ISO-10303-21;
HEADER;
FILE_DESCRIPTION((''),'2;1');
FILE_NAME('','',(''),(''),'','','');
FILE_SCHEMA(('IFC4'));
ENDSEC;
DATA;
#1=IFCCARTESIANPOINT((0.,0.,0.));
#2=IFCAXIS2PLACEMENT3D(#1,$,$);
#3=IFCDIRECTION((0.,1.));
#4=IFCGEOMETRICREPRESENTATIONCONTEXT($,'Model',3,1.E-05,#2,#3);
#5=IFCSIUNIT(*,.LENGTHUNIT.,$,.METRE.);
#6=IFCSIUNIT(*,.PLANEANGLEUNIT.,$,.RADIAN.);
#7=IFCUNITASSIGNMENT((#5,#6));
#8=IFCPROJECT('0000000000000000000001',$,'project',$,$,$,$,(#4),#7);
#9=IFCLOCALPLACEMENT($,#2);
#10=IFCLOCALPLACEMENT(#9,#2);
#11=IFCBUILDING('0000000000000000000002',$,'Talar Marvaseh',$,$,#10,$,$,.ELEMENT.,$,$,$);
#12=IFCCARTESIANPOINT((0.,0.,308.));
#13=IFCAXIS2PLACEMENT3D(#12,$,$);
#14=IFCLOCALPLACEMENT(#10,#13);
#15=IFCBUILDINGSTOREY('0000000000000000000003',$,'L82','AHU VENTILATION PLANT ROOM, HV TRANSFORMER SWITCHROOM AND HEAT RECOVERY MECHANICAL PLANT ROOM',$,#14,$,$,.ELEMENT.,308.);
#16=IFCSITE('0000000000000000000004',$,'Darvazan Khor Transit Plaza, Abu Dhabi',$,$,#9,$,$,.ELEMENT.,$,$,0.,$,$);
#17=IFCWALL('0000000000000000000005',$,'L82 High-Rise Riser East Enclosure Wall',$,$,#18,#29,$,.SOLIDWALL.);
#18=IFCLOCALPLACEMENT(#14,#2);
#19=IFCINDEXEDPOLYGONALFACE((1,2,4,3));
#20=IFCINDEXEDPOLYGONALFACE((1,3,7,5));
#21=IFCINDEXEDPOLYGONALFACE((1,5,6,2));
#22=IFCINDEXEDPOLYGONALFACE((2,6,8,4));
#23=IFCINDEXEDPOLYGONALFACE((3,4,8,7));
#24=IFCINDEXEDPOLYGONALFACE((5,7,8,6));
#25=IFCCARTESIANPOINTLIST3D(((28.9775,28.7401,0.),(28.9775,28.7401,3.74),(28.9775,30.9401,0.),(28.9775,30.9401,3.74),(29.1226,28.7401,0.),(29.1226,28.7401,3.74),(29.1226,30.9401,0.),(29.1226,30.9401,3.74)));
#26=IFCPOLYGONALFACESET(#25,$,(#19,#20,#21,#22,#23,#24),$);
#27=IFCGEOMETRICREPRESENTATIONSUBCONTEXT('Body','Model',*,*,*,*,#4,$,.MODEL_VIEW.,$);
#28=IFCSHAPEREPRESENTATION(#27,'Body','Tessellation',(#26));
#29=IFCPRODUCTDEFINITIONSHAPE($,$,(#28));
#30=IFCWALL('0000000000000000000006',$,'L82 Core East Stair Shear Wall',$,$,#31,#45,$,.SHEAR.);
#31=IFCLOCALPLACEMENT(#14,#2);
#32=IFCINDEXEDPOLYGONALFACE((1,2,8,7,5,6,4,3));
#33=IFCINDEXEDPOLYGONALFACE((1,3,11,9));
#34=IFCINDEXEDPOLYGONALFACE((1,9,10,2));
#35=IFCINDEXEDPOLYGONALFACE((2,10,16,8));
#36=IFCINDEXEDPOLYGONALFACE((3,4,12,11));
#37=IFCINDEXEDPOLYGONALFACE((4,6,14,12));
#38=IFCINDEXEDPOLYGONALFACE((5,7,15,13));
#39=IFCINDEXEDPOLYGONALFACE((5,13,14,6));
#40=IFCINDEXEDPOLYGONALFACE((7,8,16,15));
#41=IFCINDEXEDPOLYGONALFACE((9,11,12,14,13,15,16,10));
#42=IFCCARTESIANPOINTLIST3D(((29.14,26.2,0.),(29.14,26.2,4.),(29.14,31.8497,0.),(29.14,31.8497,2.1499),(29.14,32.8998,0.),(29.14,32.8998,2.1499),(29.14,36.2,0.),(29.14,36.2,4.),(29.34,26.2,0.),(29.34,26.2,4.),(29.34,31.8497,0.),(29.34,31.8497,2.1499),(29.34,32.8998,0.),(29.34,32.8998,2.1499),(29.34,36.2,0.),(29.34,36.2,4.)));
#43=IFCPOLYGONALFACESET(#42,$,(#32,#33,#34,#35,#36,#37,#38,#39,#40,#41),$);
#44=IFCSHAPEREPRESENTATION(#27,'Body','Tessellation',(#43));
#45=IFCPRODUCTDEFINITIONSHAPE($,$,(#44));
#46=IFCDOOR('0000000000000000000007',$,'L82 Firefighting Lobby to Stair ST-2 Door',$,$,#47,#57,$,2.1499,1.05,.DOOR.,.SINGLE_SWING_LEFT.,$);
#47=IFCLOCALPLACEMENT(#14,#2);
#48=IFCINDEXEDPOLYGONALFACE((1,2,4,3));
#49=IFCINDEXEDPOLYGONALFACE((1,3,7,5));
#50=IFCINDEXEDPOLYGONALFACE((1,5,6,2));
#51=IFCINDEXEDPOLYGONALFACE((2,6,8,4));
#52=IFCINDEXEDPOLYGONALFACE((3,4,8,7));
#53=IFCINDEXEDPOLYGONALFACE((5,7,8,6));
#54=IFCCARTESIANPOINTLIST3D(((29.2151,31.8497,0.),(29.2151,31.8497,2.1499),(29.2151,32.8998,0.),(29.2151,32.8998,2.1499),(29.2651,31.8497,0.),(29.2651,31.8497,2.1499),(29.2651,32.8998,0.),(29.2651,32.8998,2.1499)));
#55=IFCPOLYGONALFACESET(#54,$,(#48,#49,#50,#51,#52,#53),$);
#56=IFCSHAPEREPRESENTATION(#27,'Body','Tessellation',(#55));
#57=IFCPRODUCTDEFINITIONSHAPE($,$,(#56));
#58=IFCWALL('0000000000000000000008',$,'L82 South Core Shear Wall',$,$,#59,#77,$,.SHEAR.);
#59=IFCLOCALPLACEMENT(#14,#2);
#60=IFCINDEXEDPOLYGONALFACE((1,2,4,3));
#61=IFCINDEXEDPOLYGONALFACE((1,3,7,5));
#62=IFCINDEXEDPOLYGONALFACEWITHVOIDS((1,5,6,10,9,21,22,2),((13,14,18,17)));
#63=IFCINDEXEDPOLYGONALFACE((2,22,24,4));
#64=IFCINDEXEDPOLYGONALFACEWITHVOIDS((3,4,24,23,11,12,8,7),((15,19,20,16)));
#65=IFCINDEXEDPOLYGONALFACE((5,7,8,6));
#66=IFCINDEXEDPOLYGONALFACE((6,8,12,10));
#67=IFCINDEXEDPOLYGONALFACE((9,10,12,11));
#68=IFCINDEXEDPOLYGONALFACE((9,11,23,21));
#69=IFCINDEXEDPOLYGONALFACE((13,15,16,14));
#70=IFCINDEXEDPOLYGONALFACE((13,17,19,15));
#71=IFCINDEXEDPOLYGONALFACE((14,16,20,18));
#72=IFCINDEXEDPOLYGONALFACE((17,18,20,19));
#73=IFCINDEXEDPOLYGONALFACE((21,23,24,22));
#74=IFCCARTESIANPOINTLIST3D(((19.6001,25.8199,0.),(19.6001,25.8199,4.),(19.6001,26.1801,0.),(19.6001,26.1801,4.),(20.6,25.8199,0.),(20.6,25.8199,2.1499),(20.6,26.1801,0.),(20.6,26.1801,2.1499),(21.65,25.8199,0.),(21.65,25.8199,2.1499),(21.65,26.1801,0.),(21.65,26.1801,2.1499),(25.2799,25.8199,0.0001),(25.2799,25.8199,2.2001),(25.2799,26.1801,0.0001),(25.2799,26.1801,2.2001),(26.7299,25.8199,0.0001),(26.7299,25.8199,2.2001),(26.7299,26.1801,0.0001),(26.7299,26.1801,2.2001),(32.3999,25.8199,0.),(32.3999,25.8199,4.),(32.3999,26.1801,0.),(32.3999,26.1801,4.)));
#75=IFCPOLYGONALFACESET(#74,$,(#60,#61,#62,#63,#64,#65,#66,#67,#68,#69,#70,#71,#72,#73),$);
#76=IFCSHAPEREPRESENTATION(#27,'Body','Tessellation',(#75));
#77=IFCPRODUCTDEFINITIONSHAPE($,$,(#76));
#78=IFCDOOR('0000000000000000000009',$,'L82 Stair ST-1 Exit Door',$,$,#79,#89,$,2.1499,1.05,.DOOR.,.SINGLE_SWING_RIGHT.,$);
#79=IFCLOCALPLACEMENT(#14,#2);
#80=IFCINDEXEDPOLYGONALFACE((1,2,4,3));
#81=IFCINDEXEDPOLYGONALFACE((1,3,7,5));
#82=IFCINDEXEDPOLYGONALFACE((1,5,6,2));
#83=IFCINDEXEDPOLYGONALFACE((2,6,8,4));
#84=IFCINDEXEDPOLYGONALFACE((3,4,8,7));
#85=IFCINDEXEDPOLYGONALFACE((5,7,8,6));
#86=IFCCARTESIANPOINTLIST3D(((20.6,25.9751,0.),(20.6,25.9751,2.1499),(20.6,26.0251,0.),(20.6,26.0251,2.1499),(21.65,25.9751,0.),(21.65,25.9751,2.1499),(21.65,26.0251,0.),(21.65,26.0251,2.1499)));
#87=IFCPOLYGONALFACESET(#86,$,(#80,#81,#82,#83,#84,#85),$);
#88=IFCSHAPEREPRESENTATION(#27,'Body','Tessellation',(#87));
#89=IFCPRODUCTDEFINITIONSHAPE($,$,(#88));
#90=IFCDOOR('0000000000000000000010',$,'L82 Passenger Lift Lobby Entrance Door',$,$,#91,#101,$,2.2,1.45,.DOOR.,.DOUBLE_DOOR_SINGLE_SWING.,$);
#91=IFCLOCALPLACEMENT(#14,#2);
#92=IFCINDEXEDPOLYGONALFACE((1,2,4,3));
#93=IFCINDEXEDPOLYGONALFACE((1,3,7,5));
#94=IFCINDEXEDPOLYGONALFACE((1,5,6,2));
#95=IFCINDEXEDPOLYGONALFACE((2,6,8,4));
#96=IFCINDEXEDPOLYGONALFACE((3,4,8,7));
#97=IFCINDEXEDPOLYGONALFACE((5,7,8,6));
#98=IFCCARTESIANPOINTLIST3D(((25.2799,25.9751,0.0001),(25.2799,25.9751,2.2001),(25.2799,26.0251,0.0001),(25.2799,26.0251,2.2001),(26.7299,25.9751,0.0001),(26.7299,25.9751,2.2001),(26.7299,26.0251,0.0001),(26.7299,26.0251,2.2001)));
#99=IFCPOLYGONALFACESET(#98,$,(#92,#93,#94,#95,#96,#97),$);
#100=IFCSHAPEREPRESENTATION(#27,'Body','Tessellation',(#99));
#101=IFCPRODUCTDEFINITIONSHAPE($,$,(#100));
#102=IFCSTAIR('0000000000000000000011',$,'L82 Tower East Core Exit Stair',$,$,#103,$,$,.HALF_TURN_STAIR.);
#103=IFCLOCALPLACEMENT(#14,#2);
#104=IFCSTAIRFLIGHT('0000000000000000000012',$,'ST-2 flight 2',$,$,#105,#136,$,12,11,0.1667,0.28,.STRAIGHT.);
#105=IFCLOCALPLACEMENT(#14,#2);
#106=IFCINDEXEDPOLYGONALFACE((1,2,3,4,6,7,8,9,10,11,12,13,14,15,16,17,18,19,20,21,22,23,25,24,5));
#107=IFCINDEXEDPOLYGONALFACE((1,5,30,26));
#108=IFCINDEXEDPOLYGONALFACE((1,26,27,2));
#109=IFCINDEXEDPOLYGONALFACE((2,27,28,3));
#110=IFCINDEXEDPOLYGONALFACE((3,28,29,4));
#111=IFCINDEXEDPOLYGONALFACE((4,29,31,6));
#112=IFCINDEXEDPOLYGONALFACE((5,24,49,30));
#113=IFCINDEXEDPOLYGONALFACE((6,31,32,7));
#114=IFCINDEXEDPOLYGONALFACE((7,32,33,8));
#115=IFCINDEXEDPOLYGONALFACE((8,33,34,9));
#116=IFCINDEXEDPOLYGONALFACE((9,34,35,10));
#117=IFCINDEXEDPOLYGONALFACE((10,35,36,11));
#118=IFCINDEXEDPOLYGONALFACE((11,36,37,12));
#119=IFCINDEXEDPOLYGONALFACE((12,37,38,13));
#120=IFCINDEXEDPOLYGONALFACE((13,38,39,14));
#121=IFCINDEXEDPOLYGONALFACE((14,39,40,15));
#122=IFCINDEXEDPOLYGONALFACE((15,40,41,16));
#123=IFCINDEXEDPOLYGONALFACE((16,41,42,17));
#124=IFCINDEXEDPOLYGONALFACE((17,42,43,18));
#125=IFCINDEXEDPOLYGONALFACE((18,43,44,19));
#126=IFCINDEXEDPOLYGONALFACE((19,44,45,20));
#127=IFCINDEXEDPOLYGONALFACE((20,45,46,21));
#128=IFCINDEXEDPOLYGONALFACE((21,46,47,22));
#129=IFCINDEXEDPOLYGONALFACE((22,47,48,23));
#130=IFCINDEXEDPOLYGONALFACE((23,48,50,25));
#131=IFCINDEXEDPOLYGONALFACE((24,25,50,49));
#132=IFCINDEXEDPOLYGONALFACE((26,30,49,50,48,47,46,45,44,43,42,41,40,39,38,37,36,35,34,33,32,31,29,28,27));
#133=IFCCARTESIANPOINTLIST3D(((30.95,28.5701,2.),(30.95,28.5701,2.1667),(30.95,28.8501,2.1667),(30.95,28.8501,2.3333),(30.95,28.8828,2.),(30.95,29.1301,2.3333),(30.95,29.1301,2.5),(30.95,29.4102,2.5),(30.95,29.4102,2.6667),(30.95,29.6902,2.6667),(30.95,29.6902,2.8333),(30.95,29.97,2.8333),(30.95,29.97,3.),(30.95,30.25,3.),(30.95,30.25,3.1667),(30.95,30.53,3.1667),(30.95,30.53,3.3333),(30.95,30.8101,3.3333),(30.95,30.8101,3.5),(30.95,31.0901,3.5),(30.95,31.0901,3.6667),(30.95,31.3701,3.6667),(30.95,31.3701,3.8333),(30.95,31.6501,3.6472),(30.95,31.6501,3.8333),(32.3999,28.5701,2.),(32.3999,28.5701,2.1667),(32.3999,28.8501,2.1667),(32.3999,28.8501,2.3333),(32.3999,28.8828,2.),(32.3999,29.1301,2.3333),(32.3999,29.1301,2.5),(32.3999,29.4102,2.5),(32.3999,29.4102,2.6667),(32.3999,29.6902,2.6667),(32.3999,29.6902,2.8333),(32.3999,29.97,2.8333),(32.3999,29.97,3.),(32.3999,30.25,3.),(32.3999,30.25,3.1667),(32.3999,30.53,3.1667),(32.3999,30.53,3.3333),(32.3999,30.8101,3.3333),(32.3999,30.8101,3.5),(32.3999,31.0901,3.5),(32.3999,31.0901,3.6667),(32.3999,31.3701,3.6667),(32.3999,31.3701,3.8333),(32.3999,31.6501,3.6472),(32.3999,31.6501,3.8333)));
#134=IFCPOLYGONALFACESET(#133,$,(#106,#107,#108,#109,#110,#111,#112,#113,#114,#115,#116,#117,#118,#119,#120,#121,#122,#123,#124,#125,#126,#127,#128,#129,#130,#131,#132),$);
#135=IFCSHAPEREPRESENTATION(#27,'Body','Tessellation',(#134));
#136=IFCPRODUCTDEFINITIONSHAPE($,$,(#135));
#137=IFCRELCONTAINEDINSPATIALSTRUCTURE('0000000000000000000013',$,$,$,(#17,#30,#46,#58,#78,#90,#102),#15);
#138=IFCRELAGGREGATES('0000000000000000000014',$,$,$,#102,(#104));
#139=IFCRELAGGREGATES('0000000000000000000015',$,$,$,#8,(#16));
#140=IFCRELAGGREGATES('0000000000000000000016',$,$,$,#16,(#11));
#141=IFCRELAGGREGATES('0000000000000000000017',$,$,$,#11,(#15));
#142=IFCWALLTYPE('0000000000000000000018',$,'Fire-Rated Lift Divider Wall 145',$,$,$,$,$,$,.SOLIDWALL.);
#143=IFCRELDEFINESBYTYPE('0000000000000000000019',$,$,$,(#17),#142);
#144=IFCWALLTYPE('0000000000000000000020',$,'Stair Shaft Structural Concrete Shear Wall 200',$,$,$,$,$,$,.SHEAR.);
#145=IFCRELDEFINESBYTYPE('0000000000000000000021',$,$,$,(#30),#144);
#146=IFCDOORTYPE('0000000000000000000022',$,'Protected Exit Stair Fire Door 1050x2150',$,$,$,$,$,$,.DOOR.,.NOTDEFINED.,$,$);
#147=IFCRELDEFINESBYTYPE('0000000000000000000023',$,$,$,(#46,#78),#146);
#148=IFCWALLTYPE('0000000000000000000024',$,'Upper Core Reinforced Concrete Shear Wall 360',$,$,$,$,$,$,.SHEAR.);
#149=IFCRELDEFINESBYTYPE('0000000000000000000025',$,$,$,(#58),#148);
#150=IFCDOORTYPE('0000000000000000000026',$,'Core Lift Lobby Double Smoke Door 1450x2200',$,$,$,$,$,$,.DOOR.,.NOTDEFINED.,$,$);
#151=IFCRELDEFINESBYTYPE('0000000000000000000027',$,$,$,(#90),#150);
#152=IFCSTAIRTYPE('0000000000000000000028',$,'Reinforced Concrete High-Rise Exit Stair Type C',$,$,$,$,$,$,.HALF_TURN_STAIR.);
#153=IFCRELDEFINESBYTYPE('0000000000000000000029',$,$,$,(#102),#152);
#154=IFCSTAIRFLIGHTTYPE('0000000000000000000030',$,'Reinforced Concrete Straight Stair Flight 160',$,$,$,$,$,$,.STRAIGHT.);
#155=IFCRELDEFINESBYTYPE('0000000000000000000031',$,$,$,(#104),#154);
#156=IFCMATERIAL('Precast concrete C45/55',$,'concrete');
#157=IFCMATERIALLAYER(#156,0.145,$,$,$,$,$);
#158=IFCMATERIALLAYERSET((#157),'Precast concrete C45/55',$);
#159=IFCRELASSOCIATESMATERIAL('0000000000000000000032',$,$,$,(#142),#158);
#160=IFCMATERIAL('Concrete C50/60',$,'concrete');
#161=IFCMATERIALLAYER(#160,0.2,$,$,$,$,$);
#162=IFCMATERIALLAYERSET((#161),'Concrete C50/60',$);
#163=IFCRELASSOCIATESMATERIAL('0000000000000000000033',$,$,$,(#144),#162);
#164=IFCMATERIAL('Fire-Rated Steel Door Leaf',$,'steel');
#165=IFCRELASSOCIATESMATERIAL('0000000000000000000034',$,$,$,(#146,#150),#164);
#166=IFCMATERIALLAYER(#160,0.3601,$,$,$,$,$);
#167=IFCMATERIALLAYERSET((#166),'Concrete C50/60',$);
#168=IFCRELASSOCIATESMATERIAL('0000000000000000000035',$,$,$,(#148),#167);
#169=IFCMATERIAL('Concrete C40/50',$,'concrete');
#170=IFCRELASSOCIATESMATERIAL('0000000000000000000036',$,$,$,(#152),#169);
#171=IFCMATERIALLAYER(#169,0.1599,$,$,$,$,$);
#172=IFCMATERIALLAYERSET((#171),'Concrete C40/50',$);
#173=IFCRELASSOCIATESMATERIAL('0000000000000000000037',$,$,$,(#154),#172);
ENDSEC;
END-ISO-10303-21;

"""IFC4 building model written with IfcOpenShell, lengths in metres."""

from ifc_helpers import new_model, si_unit, direction, frame, frame_2d, origin, place, context, subcontext, project, spatial, polyline, rectangle, outline, extrude, source, transform, mapped, material, layer, layer_set, type_object, type_shapes, element, fill, aggregate, save


model = new_model("IFC4")

# Units and contexts
model_context = context("Model", 3, precision=1e-05, world=origin(), true_north=direction((0.0, 1.0)))
body_context = subcontext(model_context, "Body", "Model", "MODEL_VIEW")
ifc_project = project(units=[si_unit("LENGTHUNIT", "METRE"), si_unit("PLANEANGLEUNIT", "RADIAN")], contexts=[model_context])

# Site, building, storey
site_placement = place(None, origin())
site = spatial("IfcSite", under=ifc_project, at=site_placement, Name="Darvazan Khor Transit Plaza, Abu Dhabi", CompositionType="ELEMENT", RefElevation=0.0)
building_placement = place(site_placement, origin())
building = spatial("IfcBuilding", under=site, at=building_placement, Name="Talar Marvaseh", CompositionType="ELEMENT")
storey_placement = place(building_placement, frame((0.0, 0.0, 308.0)))
storey = spatial("IfcBuildingStorey", under=building, at=storey_placement, Name="L82", Description="AHU VENTILATION PLANT ROOM, HV TRANSFORMER SWITCHROOM AND HEAT RECOVERY MECHANICAL PLANT ROOM", CompositionType="ELEMENT", Elevation=308.0)

# Shared definitions
ifc_material_1 = material(Name="Concrete C50/60", Category="concrete")

# Wall
ifc_material_2 = material(Name="Precast concrete C45/55", Category="concrete")
ifc_layer_1 = layer(ifc_material_2, 0.145)
ifc_layer_set_1 = layer_set([ifc_layer_1], Name="Precast concrete C45/55")
wall_type_1 = type_object("IfcWallType", Name="Fire-Rated Lift Divider Wall 145", PredefinedType="SOLIDWALL", material=ifc_layer_set_1)
wall_1_placement = place(storey_placement, frame((29.05, 28.74, 0.0), z_axis=(0.0, 0.0, 1.0), x_axis=(0.0, 1.0, 0.0)))
element("IfcWall", 1, at=wall_1_placement, inside=storey, type_object=wall_type_1, Name="L82 High-Rise Riser East Enclosure Wall", PredefinedType="SOLIDWALL", context=body_context, shape_type="SweptSolid", body=[
    extrude(rectangle(XDim=2.2, YDim=0.145, at=frame_2d((1.1001, 0.0))), origin(), (0.0, 0.0, 1.0), 3.74),
])

# Wall, opening, door
ifc_layer_2 = layer(ifc_material_1, 0.2)
ifc_layer_set_2 = layer_set([ifc_layer_2], Name="Concrete C50/60")
wall_type_2 = type_object("IfcWallType", Name="Stair Shaft Structural Concrete Shear Wall 200", PredefinedType="SHEAR", material=ifc_layer_set_2)
wall_2_placement = place(storey_placement, frame((29.24, 26.2, 0.0), z_axis=(0.0, 0.0, 1.0), x_axis=(0.0, 1.0, 0.0)))
wall_2 = element("IfcWall", 2, at=wall_2_placement, inside=storey, type_object=wall_type_2, Name="L82 Core East Stair Shear Wall", PredefinedType="SHEAR", context=body_context, shape_type="SweptSolid", body=[
    extrude(rectangle(XDim=10.0, YDim=0.2, at=frame_2d((5.0, 0.0))), origin(), (0.0, 0.0, 1.0), 4.0),
])
opening_1_placement = place(wall_2_placement, frame((5.6499, 0.0, 0.0)))
opening_1 = element("IfcOpeningElement", 3, at=opening_1_placement, cuts=wall_2, PredefinedType="OPENING", context=body_context, shape_type="SweptSolid", body=[
    extrude(rectangle(XDim=1.05, YDim=2.1499, at=frame_2d((0.5249, 1.075))), frame((0.0, 0.1099, 0.0), z_axis=(0.0, -1.0, 0.0), x_axis=(1.0, 0.0, 0.0)), (0.0, 0.0, 1.0), 0.22),
])
ifc_material_3 = material(Name="Fire-Rated Steel Door Leaf", Category="steel")
door_type_1 = type_object("IfcDoorType", Name="Protected Exit Stair Fire Door 1050x2150", OperationType="NOTDEFINED", PredefinedType="DOOR", material=ifc_material_3)
shared_shape_1 = source(origin(), body_context, "Body", "SweptSolid", [
    extrude(rectangle(XDim=1.05, YDim=2.1499, at=frame_2d((0.5249, 1.075))), frame((0.0, 0.0249, 0.0), z_axis=(0.0, -1.0, 0.0), x_axis=(1.0, 0.0, 0.0)), (0.0, 0.0, 1.0), 0.05),
])
type_shapes(door_type_1, [shared_shape_1])
door_1_placement = place(opening_1_placement, origin())
door_1 = element("IfcDoor", 4, at=door_1_placement, inside=storey, type_object=door_type_1, Name="L82 Firefighting Lobby to Stair ST-2 Door", OperationType="SINGLE_SWING_LEFT", OverallHeight=2.1499, OverallWidth=1.05, PredefinedType="DOOR", context=body_context, shape_type="MappedRepresentation", body=[
    mapped(shared_shape_1, transform((0.0, 0.0, 0.0), x_axis=(1.0, 0.0, 0.0), y_axis=(0.0, 1.0, 0.0), z_axis=(0.0, 0.0, 1.0), scale=1.0)),
])
fill(opening_1, door_1)

# Wall, openings, doors
ifc_layer_3 = layer(ifc_material_1, 0.3601)
ifc_layer_set_3 = layer_set([ifc_layer_3], Name="Concrete C50/60")
wall_type_3 = type_object("IfcWallType", Name="Upper Core Reinforced Concrete Shear Wall 360", PredefinedType="SHEAR", material=ifc_layer_set_3)
wall_3_placement = place(storey_placement, frame((32.3999, 26.0, 0.0), z_axis=(0.0, 0.0, 1.0), x_axis=(-1.0, 0.0, 0.0)))
wall_3 = element("IfcWall", 5, at=wall_3_placement, inside=storey, type_object=wall_type_3, Name="L82 South Core Shear Wall", PredefinedType="SHEAR", context=body_context, shape_type="SweptSolid", body=[
    extrude(rectangle(XDim=12.7998, YDim=0.3601, at=frame_2d((6.3999, 0.0))), origin(), (0.0, 0.0, 1.0), 4.0),
])
opening_2_placement = place(wall_3_placement, frame((10.75, 0.0, 0.0)))
opening_2 = element("IfcOpeningElement", 6, at=opening_2_placement, cuts=wall_3, PredefinedType="OPENING", context=body_context, shape_type="SweptSolid", body=[
    extrude(rectangle(XDim=1.05, YDim=2.1499, at=frame_2d((0.5249, 1.075))), frame((0.0, 0.1899, 0.0), z_axis=(0.0, -1.0, 0.0), x_axis=(1.0, 0.0, 0.0)), (0.0, 0.0, 1.0), 0.3801),
])
opening_3_placement = place(wall_3_placement, frame((5.6699, 0.0, 0.0)))
opening_3 = element("IfcOpeningElement", 7, at=opening_3_placement, cuts=wall_3, PredefinedType="OPENING", context=body_context, shape_type="SweptSolid", body=[
    extrude(rectangle(XDim=1.45, YDim=2.2, at=frame_2d((0.7251, 1.1001))), frame((0.0, 0.1899, 0.0), z_axis=(0.0, -1.0, 0.0), x_axis=(1.0, 0.0, 0.0)), (0.0, 0.0, 1.0), 0.3801),
])
door_2_placement = place(opening_2_placement, origin())
door_2 = element("IfcDoor", 8, at=door_2_placement, inside=storey, type_object=door_type_1, Name="L82 Stair ST-1 Exit Door", OperationType="SINGLE_SWING_RIGHT", OverallHeight=2.1499, OverallWidth=1.05, PredefinedType="DOOR", context=body_context, shape_type="MappedRepresentation", body=[
    mapped(shared_shape_1, transform((0.0, 0.0, 0.0), x_axis=(1.0, 0.0, 0.0), y_axis=(0.0, 1.0, 0.0), z_axis=(0.0, 0.0, 1.0), scale=1.0)),
])
fill(opening_2, door_2)
door_type_2 = type_object("IfcDoorType", Name="Core Lift Lobby Double Smoke Door 1450x2200", OperationType="NOTDEFINED", PredefinedType="DOOR", material=ifc_material_3)
shared_shape_2 = source(origin(), body_context, "Body", "SweptSolid", [
    extrude(rectangle(XDim=1.45, YDim=2.2, at=frame_2d((0.7251, 1.1001))), frame((0.0, 0.0249, 0.0), z_axis=(0.0, -1.0, 0.0), x_axis=(1.0, 0.0, 0.0)), (0.0, 0.0, 1.0), 0.05),
])
type_shapes(door_type_2, [shared_shape_2])
door_3_placement = place(opening_3_placement, origin())
door_3 = element("IfcDoor", 9, at=door_3_placement, inside=storey, type_object=door_type_2, Name="L82 Passenger Lift Lobby Entrance Door", OperationType="DOUBLE_DOOR_SINGLE_SWING", OverallHeight=2.2, OverallWidth=1.45, PredefinedType="DOOR", context=body_context, shape_type="MappedRepresentation", body=[
    mapped(shared_shape_2, transform((0.0, 0.0, 0.0), x_axis=(1.0, 0.0, 0.0), y_axis=(0.0, 1.0, 0.0), z_axis=(0.0, 0.0, 1.0), scale=1.0)),
])
fill(opening_3, door_3)

# Stair, stair flight
ifc_material_4 = material(Name="Concrete C40/50", Category="concrete")
stair_type = type_object("IfcStairType", Name="Reinforced Concrete High-Rise Exit Stair Type C", PredefinedType="HALF_TURN_STAIR", material=ifc_material_4)
stair_placement = place(storey_placement, origin())
stair = element("IfcStair", 10, at=stair_placement, inside=storey, type_object=stair_type, Name="L82 Tower East Core Exit Stair", PredefinedType="HALF_TURN_STAIR")
ifc_layer_4 = layer(ifc_material_4, 0.1599)
ifc_layer_set_4 = layer_set([ifc_layer_4], Name="Concrete C40/50")
stair_flight_type = type_object("IfcStairFlightType", Name="Reinforced Concrete Straight Stair Flight 160", PredefinedType="STRAIGHT", material=ifc_layer_set_4)
stair_flight_placement = place(storey_placement, frame((31.675, 28.5701, 2.0), z_axis=(0.0, 0.0, 1.0), x_axis=(0.0, 1.0, 0.0)))
stair_flight = element("IfcStairFlight", 11, at=stair_flight_placement, type_object=stair_flight_type, Name="ST-2 flight 2", NumberOfRisers=12, NumberOfTreads=11, PredefinedType="STRAIGHT", RiserHeight=0.1667, TreadLength=0.28, context=body_context, shape_type="SweptSolid", body=[
    extrude(outline(polyline([(0.0, 0.0), (0.0, 0.1667), (0.28, 0.1667), (0.28, 0.3333), (0.5601, 0.3333), (0.5601, 0.5), (0.8401, 0.5), (0.8401, 0.6667), (1.1201, 0.6667), (1.1201, 0.8333), (1.3999, 0.8333), (1.3999, 1.0), (1.6799, 1.0), (1.6799, 1.1667), (1.96, 1.1667), (1.96, 1.3333), (2.24, 1.3333), (2.24, 1.5), (2.52, 1.5), (2.52, 1.6667), (2.8, 1.6667), (2.8, 1.8333), (3.0801, 1.8333), (3.0801, 2.0), (3.0801, 1.6472), (0.3127, 0.0), (0.0, 0.0)])), frame((0.0, 0.7251, 0.0), z_axis=(0.0, -1.0, 0.0), x_axis=(1.0, 0.0, 0.0)), (0.0, 0.0, 1.0), 1.45),
])
aggregate(stair, [stair_flight])

save(model, "model.ifc")
